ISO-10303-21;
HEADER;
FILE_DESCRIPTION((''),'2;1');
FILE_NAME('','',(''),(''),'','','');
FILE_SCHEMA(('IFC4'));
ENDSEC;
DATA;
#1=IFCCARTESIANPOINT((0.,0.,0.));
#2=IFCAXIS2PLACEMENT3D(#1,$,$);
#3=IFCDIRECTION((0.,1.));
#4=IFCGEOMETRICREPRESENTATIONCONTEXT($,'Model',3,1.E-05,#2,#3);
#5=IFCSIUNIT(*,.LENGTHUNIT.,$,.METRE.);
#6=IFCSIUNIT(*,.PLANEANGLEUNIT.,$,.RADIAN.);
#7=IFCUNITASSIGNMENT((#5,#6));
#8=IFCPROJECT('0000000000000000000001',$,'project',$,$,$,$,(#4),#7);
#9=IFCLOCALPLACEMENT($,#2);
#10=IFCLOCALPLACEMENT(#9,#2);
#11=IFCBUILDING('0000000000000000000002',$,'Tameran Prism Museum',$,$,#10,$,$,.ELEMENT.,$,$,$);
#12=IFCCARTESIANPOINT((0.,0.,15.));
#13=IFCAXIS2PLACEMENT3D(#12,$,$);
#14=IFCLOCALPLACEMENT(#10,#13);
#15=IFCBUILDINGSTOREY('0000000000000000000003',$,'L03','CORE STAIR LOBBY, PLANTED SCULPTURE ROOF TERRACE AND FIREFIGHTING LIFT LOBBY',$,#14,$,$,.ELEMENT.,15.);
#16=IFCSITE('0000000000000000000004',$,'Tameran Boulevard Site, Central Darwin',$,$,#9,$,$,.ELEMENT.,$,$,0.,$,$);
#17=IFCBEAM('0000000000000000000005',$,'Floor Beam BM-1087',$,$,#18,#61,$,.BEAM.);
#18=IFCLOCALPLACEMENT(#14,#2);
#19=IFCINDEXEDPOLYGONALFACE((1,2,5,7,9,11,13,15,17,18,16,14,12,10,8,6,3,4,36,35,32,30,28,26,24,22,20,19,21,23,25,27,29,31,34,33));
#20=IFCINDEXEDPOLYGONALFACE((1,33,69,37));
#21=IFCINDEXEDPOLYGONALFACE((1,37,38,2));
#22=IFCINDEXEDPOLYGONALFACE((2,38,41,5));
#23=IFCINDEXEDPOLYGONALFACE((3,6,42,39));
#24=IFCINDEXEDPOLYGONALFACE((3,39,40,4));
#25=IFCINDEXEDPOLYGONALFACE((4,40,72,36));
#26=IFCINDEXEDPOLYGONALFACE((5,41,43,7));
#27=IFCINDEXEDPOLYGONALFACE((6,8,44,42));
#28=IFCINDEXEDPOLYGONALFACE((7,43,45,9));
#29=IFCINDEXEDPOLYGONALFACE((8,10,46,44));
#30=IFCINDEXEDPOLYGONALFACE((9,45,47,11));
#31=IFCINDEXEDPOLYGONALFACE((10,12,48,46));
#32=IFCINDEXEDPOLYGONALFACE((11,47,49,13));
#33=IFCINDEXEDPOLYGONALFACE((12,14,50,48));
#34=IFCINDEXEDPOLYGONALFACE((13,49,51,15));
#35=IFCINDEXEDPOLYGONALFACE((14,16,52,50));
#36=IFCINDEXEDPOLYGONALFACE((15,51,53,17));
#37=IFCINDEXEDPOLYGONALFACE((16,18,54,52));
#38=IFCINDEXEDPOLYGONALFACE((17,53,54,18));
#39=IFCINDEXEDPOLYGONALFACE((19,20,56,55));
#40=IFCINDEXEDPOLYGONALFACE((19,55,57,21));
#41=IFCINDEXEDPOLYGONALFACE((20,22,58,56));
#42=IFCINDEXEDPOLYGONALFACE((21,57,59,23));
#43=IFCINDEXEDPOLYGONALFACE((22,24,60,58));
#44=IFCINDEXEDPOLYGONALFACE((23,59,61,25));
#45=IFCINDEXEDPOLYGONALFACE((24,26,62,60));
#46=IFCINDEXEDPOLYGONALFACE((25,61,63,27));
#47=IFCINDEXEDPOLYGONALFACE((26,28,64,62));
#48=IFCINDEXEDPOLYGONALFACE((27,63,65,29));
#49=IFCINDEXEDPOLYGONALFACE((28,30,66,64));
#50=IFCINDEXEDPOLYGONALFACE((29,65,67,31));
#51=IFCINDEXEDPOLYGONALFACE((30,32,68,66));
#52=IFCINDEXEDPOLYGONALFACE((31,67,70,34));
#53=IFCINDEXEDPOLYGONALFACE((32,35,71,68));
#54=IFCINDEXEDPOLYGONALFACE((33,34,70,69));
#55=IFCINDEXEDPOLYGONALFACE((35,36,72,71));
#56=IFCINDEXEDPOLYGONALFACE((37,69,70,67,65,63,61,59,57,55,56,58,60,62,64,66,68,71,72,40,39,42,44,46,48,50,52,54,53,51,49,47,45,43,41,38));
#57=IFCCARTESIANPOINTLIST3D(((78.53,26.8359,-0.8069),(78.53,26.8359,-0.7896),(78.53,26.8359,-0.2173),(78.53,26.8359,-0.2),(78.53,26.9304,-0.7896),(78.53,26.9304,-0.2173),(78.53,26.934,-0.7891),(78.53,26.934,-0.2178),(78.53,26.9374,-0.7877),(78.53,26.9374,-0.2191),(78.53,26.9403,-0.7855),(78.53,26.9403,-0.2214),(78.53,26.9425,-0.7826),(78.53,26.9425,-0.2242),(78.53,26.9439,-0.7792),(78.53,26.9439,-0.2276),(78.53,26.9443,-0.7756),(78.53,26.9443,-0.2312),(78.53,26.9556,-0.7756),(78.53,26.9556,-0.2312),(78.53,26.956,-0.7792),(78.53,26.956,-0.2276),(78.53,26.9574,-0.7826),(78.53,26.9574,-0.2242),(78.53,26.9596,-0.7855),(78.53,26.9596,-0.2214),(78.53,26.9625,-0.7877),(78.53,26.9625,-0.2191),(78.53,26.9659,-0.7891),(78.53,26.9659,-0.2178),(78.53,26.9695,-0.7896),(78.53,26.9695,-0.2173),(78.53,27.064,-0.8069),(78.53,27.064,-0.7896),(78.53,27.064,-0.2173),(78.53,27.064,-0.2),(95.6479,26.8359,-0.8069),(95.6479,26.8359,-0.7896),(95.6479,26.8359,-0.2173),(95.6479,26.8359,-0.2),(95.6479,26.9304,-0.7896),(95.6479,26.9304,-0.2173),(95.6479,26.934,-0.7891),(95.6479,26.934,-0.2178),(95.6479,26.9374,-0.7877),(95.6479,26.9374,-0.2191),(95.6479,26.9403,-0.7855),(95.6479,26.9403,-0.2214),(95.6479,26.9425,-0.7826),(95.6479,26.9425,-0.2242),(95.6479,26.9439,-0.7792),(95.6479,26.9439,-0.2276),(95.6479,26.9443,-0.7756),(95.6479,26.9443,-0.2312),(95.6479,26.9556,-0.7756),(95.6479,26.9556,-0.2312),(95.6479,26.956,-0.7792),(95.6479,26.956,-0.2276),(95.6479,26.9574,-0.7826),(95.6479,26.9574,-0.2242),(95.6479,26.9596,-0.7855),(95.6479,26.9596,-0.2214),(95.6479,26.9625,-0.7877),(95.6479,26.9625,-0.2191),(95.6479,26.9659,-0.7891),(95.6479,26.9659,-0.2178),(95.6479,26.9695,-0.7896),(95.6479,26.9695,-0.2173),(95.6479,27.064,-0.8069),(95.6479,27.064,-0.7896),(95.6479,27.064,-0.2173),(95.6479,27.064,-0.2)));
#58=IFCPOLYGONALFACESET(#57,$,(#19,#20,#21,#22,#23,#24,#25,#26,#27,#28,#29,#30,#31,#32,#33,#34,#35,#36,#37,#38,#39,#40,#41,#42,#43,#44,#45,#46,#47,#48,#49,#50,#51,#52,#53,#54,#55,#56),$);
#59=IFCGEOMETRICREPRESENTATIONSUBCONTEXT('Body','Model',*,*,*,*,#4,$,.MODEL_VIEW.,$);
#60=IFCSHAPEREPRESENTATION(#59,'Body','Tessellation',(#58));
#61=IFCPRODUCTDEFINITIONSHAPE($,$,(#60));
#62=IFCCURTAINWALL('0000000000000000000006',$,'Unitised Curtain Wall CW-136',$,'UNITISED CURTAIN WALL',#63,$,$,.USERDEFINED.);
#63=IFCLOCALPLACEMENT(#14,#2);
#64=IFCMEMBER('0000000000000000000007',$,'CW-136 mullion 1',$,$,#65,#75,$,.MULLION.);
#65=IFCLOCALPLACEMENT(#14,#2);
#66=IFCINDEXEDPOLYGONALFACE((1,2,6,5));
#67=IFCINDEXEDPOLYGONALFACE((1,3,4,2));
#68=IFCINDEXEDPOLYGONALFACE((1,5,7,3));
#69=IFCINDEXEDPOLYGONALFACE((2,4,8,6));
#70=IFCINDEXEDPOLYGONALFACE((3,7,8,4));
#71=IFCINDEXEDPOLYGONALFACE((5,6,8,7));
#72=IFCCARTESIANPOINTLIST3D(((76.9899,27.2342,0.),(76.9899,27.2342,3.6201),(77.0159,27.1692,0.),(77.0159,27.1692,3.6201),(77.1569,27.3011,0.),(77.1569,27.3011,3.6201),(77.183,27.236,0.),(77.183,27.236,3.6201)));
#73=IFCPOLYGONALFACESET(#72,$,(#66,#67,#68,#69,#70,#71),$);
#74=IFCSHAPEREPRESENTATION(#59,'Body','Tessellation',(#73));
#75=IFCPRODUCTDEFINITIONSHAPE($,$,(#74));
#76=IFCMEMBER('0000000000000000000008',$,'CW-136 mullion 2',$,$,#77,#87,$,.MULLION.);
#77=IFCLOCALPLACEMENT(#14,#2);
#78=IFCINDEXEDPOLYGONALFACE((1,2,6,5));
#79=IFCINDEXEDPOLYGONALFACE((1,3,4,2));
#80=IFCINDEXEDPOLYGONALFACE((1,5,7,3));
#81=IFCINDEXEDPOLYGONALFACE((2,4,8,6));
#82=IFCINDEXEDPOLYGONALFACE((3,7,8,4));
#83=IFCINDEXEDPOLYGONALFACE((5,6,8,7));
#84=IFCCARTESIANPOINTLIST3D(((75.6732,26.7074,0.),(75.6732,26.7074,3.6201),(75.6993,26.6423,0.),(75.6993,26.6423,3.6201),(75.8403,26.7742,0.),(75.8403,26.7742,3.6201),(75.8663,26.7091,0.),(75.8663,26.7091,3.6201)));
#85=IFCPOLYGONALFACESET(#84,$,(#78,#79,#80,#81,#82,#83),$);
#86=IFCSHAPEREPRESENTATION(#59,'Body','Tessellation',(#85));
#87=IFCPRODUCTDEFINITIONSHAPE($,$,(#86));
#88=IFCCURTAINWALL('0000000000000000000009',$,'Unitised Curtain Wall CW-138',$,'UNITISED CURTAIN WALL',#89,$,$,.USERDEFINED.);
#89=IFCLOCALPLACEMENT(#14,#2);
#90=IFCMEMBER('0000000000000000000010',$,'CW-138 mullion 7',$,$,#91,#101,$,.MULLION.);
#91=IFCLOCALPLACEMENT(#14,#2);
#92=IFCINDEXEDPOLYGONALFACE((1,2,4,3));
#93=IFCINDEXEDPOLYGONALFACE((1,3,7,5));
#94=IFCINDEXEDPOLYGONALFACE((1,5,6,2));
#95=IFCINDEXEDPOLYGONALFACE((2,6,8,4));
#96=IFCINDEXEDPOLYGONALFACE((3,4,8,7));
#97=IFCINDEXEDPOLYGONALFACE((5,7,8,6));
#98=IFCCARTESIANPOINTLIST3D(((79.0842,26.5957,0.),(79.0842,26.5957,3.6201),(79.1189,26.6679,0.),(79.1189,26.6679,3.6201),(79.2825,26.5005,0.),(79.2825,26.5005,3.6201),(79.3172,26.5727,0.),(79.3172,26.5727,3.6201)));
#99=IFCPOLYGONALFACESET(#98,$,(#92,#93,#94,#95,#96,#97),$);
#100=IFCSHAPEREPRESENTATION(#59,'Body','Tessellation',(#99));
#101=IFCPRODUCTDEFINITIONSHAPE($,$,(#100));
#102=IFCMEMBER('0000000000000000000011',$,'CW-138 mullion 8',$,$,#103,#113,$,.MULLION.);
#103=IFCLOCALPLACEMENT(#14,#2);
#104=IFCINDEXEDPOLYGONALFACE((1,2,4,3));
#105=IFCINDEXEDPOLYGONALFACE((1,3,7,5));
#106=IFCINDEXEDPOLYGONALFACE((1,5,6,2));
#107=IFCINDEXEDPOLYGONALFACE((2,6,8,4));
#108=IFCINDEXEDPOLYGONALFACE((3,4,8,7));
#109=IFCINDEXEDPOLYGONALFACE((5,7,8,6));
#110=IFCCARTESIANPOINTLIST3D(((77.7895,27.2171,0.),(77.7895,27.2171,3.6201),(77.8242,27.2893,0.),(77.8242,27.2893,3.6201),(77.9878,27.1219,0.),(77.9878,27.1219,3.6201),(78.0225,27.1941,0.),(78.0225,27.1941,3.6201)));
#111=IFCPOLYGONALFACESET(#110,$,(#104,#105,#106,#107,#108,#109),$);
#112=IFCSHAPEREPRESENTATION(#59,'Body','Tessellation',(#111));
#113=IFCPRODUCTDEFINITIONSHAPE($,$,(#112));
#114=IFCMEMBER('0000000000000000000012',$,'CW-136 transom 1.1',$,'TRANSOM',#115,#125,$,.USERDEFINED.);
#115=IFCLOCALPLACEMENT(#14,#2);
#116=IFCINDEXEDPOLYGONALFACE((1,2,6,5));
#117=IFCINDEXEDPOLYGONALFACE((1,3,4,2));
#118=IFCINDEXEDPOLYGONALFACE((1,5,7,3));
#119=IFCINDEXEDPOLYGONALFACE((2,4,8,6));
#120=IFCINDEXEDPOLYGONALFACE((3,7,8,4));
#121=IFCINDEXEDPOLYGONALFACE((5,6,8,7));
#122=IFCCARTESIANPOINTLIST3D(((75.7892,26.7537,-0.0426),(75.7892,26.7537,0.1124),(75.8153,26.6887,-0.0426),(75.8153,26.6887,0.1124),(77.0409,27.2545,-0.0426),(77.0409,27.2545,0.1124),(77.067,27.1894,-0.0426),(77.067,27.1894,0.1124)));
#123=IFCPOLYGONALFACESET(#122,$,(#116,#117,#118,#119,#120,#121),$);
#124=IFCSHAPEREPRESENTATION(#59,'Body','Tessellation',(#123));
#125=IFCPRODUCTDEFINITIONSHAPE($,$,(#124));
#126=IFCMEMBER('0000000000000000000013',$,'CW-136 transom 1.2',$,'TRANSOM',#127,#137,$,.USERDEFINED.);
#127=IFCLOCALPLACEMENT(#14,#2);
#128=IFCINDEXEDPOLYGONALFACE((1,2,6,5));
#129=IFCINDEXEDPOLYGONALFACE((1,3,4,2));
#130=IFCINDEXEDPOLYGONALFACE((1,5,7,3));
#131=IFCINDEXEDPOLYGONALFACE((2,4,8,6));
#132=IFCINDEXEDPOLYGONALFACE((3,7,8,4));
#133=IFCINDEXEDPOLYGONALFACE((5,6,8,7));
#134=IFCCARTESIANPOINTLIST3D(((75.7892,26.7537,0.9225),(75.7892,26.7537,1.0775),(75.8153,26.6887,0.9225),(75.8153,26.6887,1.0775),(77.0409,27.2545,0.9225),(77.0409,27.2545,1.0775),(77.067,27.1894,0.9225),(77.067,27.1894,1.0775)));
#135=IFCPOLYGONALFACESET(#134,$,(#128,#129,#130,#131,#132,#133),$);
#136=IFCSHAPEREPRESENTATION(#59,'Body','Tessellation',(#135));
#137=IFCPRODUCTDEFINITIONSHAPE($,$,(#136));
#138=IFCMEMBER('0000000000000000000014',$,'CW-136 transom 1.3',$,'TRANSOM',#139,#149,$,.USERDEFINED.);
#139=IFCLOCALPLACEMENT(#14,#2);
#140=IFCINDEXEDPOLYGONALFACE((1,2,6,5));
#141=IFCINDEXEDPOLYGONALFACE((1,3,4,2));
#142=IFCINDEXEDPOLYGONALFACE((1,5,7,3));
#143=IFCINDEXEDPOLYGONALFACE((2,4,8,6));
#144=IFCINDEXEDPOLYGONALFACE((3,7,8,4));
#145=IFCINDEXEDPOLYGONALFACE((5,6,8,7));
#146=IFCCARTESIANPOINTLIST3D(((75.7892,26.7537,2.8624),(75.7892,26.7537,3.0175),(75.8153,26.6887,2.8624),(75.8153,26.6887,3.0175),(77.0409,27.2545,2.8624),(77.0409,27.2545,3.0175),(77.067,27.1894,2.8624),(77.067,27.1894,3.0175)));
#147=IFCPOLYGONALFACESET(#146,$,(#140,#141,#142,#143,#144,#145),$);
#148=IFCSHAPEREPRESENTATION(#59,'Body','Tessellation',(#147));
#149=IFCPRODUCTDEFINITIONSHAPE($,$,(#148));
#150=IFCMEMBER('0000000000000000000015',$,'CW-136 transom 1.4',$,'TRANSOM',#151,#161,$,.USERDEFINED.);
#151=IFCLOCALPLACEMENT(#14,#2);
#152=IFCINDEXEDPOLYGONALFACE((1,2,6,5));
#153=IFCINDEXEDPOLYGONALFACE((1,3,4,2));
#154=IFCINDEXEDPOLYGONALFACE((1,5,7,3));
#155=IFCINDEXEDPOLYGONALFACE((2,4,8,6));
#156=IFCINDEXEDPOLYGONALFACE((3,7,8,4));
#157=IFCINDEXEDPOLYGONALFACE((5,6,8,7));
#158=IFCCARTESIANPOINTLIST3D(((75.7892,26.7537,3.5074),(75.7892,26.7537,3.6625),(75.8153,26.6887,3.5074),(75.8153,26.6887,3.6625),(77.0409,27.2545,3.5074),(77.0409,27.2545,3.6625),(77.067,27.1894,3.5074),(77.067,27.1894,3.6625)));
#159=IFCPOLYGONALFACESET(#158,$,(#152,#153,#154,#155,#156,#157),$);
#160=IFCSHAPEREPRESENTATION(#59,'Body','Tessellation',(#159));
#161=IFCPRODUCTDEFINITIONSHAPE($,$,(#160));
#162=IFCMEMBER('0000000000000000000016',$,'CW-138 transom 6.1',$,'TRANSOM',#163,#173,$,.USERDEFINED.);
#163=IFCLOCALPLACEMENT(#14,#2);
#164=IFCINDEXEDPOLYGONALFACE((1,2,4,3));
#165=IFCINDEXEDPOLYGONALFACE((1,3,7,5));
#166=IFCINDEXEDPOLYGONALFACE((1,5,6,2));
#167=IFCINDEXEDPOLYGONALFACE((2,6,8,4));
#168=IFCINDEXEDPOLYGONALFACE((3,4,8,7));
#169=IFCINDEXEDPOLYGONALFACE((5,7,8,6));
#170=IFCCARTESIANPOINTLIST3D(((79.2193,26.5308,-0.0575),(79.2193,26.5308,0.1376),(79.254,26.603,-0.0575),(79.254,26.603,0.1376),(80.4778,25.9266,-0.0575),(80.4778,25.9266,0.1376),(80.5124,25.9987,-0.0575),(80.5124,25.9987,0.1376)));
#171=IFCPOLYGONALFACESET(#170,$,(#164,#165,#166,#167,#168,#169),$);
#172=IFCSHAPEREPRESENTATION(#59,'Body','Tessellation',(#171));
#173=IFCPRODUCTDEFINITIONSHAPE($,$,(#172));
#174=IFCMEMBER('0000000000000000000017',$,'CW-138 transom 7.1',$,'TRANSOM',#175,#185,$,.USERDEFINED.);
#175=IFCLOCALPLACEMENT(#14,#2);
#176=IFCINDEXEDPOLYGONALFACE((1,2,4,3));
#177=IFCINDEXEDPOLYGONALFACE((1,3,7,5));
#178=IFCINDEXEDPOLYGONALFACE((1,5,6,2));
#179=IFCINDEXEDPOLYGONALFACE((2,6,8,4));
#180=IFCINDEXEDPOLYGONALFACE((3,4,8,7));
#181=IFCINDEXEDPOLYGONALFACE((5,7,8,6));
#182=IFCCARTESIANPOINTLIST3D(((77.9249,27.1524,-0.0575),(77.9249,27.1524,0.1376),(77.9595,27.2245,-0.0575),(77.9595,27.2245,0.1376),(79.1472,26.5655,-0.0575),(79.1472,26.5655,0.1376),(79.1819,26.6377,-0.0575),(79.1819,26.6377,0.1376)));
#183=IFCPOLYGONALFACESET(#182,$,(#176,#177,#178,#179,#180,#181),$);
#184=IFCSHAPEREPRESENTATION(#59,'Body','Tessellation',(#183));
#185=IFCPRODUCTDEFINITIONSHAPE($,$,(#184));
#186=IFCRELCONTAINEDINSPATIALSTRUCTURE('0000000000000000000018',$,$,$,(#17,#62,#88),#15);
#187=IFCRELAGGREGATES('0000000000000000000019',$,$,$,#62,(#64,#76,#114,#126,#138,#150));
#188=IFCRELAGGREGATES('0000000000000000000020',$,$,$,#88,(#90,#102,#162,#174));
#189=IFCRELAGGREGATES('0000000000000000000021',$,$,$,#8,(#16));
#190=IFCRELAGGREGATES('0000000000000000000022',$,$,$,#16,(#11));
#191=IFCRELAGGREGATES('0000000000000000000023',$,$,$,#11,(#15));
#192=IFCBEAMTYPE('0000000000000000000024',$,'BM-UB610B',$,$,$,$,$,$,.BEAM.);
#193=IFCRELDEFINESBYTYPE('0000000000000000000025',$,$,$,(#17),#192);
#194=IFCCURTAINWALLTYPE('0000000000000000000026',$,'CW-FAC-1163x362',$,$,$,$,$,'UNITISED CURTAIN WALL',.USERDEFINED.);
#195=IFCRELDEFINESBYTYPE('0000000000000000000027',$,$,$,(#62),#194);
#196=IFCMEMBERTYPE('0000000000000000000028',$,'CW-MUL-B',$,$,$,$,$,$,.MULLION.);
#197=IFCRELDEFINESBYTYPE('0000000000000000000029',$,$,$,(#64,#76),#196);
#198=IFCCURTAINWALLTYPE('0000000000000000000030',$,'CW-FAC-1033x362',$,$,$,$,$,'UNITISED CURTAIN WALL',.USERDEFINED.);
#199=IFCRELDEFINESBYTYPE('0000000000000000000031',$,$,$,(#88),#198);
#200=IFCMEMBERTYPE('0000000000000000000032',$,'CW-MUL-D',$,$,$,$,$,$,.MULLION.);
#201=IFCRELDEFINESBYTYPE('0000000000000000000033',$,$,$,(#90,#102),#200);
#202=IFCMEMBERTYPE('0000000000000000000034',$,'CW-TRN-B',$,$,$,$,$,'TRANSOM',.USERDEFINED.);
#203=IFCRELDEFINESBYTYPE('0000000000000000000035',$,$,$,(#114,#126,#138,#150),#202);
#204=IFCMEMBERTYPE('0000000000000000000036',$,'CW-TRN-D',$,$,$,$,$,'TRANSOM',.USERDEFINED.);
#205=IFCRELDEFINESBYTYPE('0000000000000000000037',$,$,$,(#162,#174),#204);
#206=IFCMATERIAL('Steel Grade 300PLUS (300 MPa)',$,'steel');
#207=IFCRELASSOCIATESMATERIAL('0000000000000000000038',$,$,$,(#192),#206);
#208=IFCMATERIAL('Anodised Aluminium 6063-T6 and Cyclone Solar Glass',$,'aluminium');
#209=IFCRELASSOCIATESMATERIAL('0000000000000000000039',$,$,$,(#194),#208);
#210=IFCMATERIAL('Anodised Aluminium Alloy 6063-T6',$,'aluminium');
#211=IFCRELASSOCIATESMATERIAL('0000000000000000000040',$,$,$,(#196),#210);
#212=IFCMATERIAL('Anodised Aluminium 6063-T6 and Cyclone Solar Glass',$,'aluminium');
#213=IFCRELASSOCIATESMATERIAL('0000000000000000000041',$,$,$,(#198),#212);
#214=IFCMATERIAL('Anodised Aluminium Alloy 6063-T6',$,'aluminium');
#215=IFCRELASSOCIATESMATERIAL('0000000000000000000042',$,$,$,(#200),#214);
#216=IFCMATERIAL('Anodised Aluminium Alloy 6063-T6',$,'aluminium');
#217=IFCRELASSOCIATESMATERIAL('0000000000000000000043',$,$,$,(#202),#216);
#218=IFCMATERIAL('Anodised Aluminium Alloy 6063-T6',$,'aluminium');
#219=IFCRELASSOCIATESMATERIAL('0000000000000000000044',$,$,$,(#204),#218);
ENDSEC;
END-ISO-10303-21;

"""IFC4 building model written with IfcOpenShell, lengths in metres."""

from ifc_helpers import new_model, si_unit, direction, frame, origin, origin_2d, place, context, subcontext, project, spatial, rectangle, i_section, extrude, material, material_profile, profile_set, type_object, element, aggregate, save


model = new_model("IFC4")

# Units and contexts
model_context = context("Model", 3, precision=1e-05, world=origin(), true_north=direction((0.0, 1.0)))
body_context = subcontext(model_context, "Body", "Model", "MODEL_VIEW")
ifc_project = project(units=[si_unit("LENGTHUNIT", "METRE"), si_unit("PLANEANGLEUNIT", "RADIAN")], contexts=[model_context])

# Site, building, storey
site_placement = place(None, origin())
site = spatial("IfcSite", under=ifc_project, at=site_placement, Name="Tameran Boulevard Site, Central Darwin", CompositionType="ELEMENT", RefElevation=0.0)
building_placement = place(site_placement, origin())
building = spatial("IfcBuilding", under=site, at=building_placement, Name="Tameran Prism Museum", CompositionType="ELEMENT")
storey_placement = place(building_placement, frame((0.0, 0.0, 15.0)))
storey = spatial("IfcBuildingStorey", under=building, at=storey_placement, Name="L03", Description="CORE STAIR LOBBY, PLANTED SCULPTURE ROOF TERRACE AND FIREFIGHTING LIFT LOBBY", CompositionType="ELEMENT", Elevation=15.0)

# Beam
ifc_material_1 = material(Name="Steel Grade 300PLUS (300 MPa)", Category="steel")
ifc_material_profile_1 = material_profile(ifc_material_1, i_section(OverallWidth=0.228, OverallDepth=0.6069, WebThickness=0.0112, FlangeThickness=0.0173, FilletRadius=0.0139, at=origin_2d()))
ifc_profile_set_1 = profile_set([ifc_material_profile_1])
beam_type_1 = type_object("IfcBeamType", Name="BM-UB610B", PredefinedType="BEAM", material=ifc_profile_set_1)
beam_1_placement = place(storey_placement, frame((78.53, 26.95, -0.5034), z_axis=(1.0, 0.0, 0.0), x_axis=(0.0, 1.0, 0.0)))
element("IfcBeam", 1, at=beam_1_placement, inside=storey, type_object=beam_type_1, Name="Floor Beam BM-1087", PredefinedType="BEAM", context=body_context, shape_type="SweptSolid", body=[
    extrude(i_section(OverallWidth=0.228, OverallDepth=0.6069, WebThickness=0.0112, FlangeThickness=0.0173, FilletRadius=0.0139, at=origin_2d()), origin(), (0.0, 0.0, 1.0), 17.1179),
])

# Curtain walls, members
ifc_material_2 = material(Name="Anodised Aluminium 6063-T6 and Cyclone Solar Glass", Category="aluminium")
curtain_wall_type_1 = type_object("IfcCurtainWallType", Name="CW-FAC-1163x362", ElementType="UNITISED CURTAIN WALL", PredefinedType="USERDEFINED", material=ifc_material_2)
curtain_wall_1_placement = place(storey_placement, origin())
curtain_wall_1 = element("IfcCurtainWall", 2, at=curtain_wall_1_placement, inside=storey, type_object=curtain_wall_type_1, Name="Unitised Curtain Wall CW-136", ObjectType="UNITISED CURTAIN WALL", PredefinedType="USERDEFINED")
ifc_material_3 = material(Name="Anodised Aluminium Alloy 6063-T6", Category="aluminium")
ifc_material_profile_2 = material_profile(ifc_material_3, rectangle(XDim=0.0701, YDim=0.1799, at=origin_2d()))
ifc_profile_set_2 = profile_set([ifc_material_profile_2])
member_type_1 = type_object("IfcMemberType", Name="CW-MUL-B", PredefinedType="MULLION", material=ifc_profile_set_2)
member_1_placement = place(storey_placement, frame((77.0864, 27.2351, 0.0), z_axis=(0.0, 0.0, 1.0), x_axis=(0.37142, -0.928465, 0.0)))
member_1 = element("IfcMember", 3, at=member_1_placement, type_object=member_type_1, Name="CW-136 mullion 1", PredefinedType="MULLION", context=body_context, shape_type="SweptSolid", body=[
    extrude(rectangle(XDim=0.0701, YDim=0.1799, at=origin_2d()), origin(), (0.0, 0.0, 1.0), 3.6201),
])
member_2_placement = place(storey_placement, frame((75.7698, 26.7083, 0.0), z_axis=(0.0, 0.0, 1.0), x_axis=(0.37142, -0.928465, 0.0)))
member_2 = element("IfcMember", 4, at=member_2_placement, type_object=member_type_1, Name="CW-136 mullion 2", PredefinedType="MULLION", context=body_context, shape_type="SweptSolid", body=[
    extrude(rectangle(XDim=0.0701, YDim=0.1799, at=origin_2d()), origin(), (0.0, 0.0, 1.0), 3.6201),
])
ifc_material_4 = material(Name="Anodised Aluminium 6063-T6 and Cyclone Solar Glass", Category="aluminium")
curtain_wall_type_2 = type_object("IfcCurtainWallType", Name="CW-FAC-1033x362", ElementType="UNITISED CURTAIN WALL", PredefinedType="USERDEFINED", material=ifc_material_4)
curtain_wall_2_placement = place(storey_placement, origin())
curtain_wall_2 = element("IfcCurtainWall", 5, at=curtain_wall_2_placement, inside=storey, type_object=curtain_wall_type_2, Name="Unitised Curtain Wall CW-138", ObjectType="UNITISED CURTAIN WALL", PredefinedType="USERDEFINED")
ifc_material_5 = material(Name="Anodised Aluminium Alloy 6063-T6", Category="aluminium")
ifc_material_profile_3 = material_profile(ifc_material_5, rectangle(XDim=0.0801, YDim=0.22, at=origin_2d()))
ifc_profile_set_3 = profile_set([ifc_material_profile_3])
member_type_2 = type_object("IfcMemberType", Name="CW-MUL-D", PredefinedType="MULLION", material=ifc_profile_set_3)
member_3_placement = place(storey_placement, frame((79.2007, 26.5842, 0.0), z_axis=(0.0, 0.0, 1.0), x_axis=(-0.432832, -0.901475, 0.0)))
member_3 = element("IfcMember", 6, at=member_3_placement, type_object=member_type_2, Name="CW-138 mullion 7", PredefinedType="MULLION", context=body_context, shape_type="SweptSolid", body=[
    extrude(rectangle(XDim=0.0801, YDim=0.22, at=origin_2d()), origin(), (0.0, 0.0, 1.0), 3.6201),
])
member_4_placement = place(storey_placement, frame((77.906, 27.2056, 0.0), z_axis=(0.0, 0.0, 1.0), x_axis=(-0.432832, -0.901475, 0.0)))
member_4 = element("IfcMember", 7, at=member_4_placement, type_object=member_type_2, Name="CW-138 mullion 8", PredefinedType="MULLION", context=body_context, shape_type="SweptSolid", body=[
    extrude(rectangle(XDim=0.0801, YDim=0.22, at=origin_2d()), origin(), (0.0, 0.0, 1.0), 3.6201),
])

# Members
ifc_material_6 = material(Name="Anodised Aluminium Alloy 6063-T6", Category="aluminium")
ifc_material_profile_4 = material_profile(ifc_material_6, rectangle(XDim=0.0701, YDim=0.155, at=origin_2d()))
ifc_profile_set_4 = profile_set([ifc_material_profile_4])
member_type_3 = type_object("IfcMemberType", Name="CW-TRN-B", ElementType="TRANSOM", PredefinedType="USERDEFINED", material=ifc_profile_set_4)
member_5_placement = place(storey_placement, frame((77.054, 27.2219, 0.0349), z_axis=(-0.928464, -0.371422, 0.0), x_axis=(0.371422, -0.928464, 0.0)))
member_5 = element("IfcMember", 8, at=member_5_placement, type_object=member_type_3, Name="CW-136 transom 1.1", ObjectType="TRANSOM", PredefinedType="USERDEFINED", context=body_context, shape_type="SweptSolid", body=[
    extrude(rectangle(XDim=0.0701, YDim=0.155, at=origin_2d()), origin(), (0.0, 0.0, 1.0), 1.3481),
])
member_6_placement = place(storey_placement, frame((77.054, 27.2219, 1.0), z_axis=(-0.928464, -0.371422, 0.0), x_axis=(0.371422, -0.928464, 0.0)))
member_6 = element("IfcMember", 9, at=member_6_placement, type_object=member_type_3, Name="CW-136 transom 1.2", ObjectType="TRANSOM", PredefinedType="USERDEFINED", context=body_context, shape_type="SweptSolid", body=[
    extrude(rectangle(XDim=0.0701, YDim=0.155, at=origin_2d()), origin(), (0.0, 0.0, 1.0), 1.3481),
])
member_7_placement = place(storey_placement, frame((77.054, 27.2219, 2.9399), z_axis=(-0.928464, -0.371422, 0.0), x_axis=(0.371422, -0.928464, 0.0)))
member_7 = element("IfcMember", 10, at=member_7_placement, type_object=member_type_3, Name="CW-136 transom 1.3", ObjectType="TRANSOM", PredefinedType="USERDEFINED", context=body_context, shape_type="SweptSolid", body=[
    extrude(rectangle(XDim=0.0701, YDim=0.155, at=origin_2d()), origin(), (0.0, 0.0, 1.0), 1.3481),
])
member_8_placement = place(storey_placement, frame((77.054, 27.2219, 3.585), z_axis=(-0.928464, -0.371422, 0.0), x_axis=(0.371422, -0.928464, 0.0)))
member_8 = element("IfcMember", 11, at=member_8_placement, type_object=member_type_3, Name="CW-136 transom 1.4", ObjectType="TRANSOM", PredefinedType="USERDEFINED", context=body_context, shape_type="SweptSolid", body=[
    extrude(rectangle(XDim=0.0701, YDim=0.155, at=origin_2d()), origin(), (0.0, 0.0, 1.0), 1.3481),
])
ifc_material_7 = material(Name="Anodised Aluminium Alloy 6063-T6", Category="aluminium")
ifc_material_profile_5 = material_profile(ifc_material_7, rectangle(XDim=0.0801, YDim=0.1951, at=origin_2d()))
ifc_profile_set_5 = profile_set([ifc_material_profile_5])
member_type_4 = type_object("IfcMemberType", Name="CW-TRN-D", ElementType="TRANSOM", PredefinedType="USERDEFINED", material=ifc_profile_set_5)
member_9_placement = place(storey_placement, frame((80.4951, 25.9626, 0.04), z_axis=(-0.901482, 0.432816, 0.0), x_axis=(-0.432816, -0.901482, 0.0)))
member_9 = element("IfcMember", 12, at=member_9_placement, type_object=member_type_4, Name="CW-138 transom 6.1", ObjectType="TRANSOM", PredefinedType="USERDEFINED", context=body_context, shape_type="SweptSolid", body=[
    extrude(rectangle(XDim=0.0801, YDim=0.1951, at=origin_2d()), origin(), (0.0, 0.0, 1.0), 1.396),
])
member_10_placement = place(storey_placement, frame((79.1646, 26.6016, 0.04), z_axis=(-0.901478, 0.432825, 0.0), x_axis=(-0.432825, -0.901478, 0.0)))
member_10 = element("IfcMember", 13, at=member_10_placement, type_object=member_type_4, Name="CW-138 transom 7.1", ObjectType="TRANSOM", PredefinedType="USERDEFINED", context=body_context, shape_type="SweptSolid", body=[
    extrude(rectangle(XDim=0.0801, YDim=0.1951, at=origin_2d()), origin(), (0.0, 0.0, 1.0), 1.356),
])

aggregate(curtain_wall_1, [member_1, member_2, member_5, member_6, member_7, member_8])
aggregate(curtain_wall_2, [member_3, member_4, member_9, member_10])

save(model, "model.ifc")
